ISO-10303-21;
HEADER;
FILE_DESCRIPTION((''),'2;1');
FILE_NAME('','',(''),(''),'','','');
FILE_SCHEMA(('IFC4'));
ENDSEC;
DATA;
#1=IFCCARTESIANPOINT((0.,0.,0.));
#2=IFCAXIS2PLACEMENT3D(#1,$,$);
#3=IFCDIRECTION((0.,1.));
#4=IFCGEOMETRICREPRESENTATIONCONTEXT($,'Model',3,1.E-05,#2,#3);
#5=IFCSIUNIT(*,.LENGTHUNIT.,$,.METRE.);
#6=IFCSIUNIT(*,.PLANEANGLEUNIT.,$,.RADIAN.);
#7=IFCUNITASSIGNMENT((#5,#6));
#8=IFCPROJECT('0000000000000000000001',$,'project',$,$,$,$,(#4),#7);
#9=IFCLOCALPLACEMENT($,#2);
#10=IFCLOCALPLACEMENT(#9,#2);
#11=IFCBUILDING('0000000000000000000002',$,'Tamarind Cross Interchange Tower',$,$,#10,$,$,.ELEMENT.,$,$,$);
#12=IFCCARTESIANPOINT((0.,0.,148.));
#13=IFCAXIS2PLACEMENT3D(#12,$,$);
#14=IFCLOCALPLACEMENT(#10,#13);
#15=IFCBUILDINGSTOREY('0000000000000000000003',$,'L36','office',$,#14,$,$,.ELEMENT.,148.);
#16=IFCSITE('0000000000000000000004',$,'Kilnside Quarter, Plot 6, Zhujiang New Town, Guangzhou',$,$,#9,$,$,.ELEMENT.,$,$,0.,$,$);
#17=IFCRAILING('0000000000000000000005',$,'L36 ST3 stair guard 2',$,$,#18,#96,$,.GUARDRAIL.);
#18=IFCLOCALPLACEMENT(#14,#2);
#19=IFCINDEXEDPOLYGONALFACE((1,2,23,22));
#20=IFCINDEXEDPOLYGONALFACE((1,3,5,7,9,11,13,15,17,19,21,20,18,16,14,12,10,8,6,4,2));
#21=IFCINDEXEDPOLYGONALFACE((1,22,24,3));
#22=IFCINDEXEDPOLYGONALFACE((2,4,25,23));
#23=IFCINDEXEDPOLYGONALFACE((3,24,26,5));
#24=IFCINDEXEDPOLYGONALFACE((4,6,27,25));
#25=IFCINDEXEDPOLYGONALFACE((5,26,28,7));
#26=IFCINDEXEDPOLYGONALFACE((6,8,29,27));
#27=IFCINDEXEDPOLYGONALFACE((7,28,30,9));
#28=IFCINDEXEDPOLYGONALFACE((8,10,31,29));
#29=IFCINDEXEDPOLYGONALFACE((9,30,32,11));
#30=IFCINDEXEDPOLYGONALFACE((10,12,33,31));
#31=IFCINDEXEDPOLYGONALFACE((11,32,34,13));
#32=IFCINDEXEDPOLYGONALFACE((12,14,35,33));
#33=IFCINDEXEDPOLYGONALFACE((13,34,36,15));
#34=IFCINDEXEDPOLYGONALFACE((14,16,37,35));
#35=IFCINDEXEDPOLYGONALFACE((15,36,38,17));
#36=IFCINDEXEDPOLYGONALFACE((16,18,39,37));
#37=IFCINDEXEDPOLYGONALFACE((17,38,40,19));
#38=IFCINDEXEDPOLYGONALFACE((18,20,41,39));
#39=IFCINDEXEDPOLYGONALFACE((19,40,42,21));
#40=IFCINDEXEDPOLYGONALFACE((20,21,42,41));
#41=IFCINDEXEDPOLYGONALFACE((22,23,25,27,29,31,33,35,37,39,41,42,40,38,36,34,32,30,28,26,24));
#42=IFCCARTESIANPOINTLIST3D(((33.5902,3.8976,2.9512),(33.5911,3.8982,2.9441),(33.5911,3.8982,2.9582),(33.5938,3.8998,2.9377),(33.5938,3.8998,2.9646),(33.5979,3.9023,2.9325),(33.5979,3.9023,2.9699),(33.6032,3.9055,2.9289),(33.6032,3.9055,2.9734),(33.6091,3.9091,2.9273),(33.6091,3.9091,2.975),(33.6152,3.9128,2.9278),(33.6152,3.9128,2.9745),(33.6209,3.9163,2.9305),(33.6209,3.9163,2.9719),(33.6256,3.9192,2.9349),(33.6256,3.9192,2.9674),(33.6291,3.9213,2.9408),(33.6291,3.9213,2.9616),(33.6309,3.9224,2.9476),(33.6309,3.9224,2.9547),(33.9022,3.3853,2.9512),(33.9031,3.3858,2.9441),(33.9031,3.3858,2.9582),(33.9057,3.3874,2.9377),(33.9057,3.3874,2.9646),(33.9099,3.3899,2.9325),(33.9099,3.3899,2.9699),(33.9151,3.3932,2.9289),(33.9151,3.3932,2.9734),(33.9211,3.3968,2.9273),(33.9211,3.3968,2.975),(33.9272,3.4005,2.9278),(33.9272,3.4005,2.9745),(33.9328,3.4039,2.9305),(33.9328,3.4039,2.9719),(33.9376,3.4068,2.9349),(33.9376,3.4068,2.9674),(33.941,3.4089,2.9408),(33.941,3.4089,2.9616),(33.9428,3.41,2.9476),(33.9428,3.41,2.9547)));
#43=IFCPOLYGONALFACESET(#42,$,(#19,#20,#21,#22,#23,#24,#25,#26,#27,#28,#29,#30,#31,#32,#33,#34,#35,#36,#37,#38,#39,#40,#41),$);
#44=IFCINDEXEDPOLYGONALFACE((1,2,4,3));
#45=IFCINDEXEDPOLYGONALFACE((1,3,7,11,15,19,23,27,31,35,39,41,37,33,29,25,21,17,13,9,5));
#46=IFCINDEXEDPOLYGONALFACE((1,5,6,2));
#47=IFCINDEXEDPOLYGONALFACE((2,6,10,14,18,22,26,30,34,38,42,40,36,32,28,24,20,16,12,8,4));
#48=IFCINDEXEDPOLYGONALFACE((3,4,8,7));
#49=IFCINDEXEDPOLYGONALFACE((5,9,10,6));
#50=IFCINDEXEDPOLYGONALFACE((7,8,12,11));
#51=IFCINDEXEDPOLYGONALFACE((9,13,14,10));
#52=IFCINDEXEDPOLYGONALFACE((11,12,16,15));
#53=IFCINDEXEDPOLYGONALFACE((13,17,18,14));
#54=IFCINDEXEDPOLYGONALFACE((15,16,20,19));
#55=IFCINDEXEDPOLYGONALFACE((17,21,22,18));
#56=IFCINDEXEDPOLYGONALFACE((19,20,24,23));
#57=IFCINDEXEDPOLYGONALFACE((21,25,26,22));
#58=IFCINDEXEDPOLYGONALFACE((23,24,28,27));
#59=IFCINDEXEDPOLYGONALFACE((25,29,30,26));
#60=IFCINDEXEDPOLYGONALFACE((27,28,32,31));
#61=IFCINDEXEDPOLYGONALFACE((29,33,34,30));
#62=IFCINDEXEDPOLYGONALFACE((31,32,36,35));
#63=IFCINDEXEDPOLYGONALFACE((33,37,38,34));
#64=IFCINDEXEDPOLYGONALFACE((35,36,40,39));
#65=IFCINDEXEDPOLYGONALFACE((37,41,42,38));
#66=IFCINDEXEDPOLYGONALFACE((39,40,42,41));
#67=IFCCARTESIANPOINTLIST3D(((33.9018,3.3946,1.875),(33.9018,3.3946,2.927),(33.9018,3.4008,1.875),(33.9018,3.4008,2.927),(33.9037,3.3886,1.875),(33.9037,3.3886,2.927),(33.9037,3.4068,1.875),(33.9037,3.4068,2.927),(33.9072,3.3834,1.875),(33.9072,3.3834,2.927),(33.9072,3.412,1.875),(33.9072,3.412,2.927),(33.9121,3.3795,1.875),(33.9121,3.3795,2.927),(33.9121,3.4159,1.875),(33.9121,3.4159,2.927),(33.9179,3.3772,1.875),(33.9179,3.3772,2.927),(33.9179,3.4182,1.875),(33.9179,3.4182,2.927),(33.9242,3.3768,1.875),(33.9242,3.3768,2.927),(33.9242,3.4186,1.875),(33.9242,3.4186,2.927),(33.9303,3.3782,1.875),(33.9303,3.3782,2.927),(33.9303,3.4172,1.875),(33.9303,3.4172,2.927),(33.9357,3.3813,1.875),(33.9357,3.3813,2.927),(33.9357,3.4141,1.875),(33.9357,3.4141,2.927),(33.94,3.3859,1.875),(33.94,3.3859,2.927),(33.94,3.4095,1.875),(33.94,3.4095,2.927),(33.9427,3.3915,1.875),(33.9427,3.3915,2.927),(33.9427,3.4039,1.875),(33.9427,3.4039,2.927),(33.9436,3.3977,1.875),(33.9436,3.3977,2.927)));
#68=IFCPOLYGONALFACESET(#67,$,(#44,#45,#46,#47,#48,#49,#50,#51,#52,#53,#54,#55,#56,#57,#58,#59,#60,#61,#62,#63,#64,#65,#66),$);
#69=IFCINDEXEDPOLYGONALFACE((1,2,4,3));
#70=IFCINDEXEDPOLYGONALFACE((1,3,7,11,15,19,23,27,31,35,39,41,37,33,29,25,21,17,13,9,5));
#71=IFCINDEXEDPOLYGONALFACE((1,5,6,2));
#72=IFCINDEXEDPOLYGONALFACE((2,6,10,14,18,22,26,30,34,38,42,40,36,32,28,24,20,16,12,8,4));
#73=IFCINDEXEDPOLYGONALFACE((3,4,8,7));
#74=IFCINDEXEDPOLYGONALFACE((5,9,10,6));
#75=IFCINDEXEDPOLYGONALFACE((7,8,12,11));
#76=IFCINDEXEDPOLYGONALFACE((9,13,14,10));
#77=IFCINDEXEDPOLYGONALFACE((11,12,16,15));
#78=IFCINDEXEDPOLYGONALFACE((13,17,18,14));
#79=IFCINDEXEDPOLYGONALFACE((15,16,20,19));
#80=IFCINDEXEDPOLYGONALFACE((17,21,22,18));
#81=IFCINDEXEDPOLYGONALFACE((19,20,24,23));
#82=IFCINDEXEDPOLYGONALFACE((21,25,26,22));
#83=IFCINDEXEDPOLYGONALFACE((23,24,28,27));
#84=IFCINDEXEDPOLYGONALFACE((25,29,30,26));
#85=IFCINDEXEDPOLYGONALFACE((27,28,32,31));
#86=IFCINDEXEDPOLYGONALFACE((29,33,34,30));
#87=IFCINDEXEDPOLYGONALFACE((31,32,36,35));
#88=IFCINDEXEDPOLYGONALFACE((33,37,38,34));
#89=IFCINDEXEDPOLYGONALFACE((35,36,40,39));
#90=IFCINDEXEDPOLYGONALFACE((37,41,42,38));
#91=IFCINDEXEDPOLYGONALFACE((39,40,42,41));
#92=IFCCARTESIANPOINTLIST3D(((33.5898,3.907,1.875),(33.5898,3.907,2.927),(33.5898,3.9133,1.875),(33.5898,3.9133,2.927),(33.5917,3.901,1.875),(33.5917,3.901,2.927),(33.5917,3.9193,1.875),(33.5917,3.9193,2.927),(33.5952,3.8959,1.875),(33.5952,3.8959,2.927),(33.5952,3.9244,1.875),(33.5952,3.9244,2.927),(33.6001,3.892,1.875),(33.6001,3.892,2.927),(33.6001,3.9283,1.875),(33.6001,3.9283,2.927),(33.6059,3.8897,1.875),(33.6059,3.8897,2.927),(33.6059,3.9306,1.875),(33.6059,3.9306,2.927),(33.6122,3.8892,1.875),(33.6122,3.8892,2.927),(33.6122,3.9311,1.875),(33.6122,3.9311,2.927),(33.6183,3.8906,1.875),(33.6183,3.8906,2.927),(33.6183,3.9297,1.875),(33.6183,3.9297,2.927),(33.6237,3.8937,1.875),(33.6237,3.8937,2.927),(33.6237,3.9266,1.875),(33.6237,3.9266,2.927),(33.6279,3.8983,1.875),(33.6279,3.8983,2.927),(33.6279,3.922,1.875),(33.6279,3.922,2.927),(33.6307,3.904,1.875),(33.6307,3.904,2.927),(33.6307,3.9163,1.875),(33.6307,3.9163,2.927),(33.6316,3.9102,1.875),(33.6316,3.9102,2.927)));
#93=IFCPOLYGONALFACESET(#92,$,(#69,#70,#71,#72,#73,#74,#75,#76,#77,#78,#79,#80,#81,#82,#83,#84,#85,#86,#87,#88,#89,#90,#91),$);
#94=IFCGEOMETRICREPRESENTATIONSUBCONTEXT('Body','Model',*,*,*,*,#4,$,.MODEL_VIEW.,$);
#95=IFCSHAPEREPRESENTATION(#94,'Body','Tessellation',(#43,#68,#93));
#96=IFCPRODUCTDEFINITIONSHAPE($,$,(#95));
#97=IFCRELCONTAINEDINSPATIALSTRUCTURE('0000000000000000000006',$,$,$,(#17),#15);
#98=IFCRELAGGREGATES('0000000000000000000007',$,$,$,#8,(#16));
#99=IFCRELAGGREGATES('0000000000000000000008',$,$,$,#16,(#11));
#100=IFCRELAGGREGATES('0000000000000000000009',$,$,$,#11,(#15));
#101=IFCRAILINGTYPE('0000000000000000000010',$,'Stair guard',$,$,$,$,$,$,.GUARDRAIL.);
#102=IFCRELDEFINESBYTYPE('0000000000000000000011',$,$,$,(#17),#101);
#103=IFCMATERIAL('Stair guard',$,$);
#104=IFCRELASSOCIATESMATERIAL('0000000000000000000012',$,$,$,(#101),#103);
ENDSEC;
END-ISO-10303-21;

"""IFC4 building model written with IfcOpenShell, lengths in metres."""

from ifc_helpers import new_model, si_unit, direction, frame, origin, origin_2d, place, context, subcontext, project, spatial, circle, extrude, material, type_object, element, save


model = new_model("IFC4")

# Units and contexts
model_context = context("Model", 3, precision=1e-05, world=origin(), true_north=direction((0.0, 1.0)))
body_context = subcontext(model_context, "Body", "Model", "MODEL_VIEW")
ifc_project = project(units=[si_unit("LENGTHUNIT", "METRE"), si_unit("PLANEANGLEUNIT", "RADIAN")], contexts=[model_context])

# Site, building, storey
site_placement = place(None, origin())
site = spatial("IfcSite", under=ifc_project, at=site_placement, Name="Kilnside Quarter, Plot 6, Zhujiang New Town, Guangzhou", CompositionType="ELEMENT", RefElevation=0.0)
building_placement = place(site_placement, origin())
building = spatial("IfcBuilding", under=site, at=building_placement, Name="Tamarind Cross Interchange Tower", CompositionType="ELEMENT")
storey_placement = place(building_placement, frame((0.0, 0.0, 148.0)))
storey = spatial("IfcBuildingStorey", under=building, at=storey_placement, Name="L36", Description="office", CompositionType="ELEMENT", Elevation=148.0)

# Railing
ifc_material_1 = material(Name="Stair guard")
railing_type_1 = type_object("IfcRailingType", Name="Stair guard", PredefinedType="GUARDRAIL", material=ifc_material_1)
railing_1_placement = place(storey_placement, frame((33.9226, 3.3977, 1.875)))
element("IfcRailing", 1, at=railing_1_placement, inside=storey, type_object=railing_type_1, Name="L36 ST3 stair guard 2", PredefinedType="GUARDRAIL", context=body_context, shape_type="SweptSolid", body=[
    extrude(circle(Radius=0.0239, at=origin_2d()), frame((0.0, 0.0, 1.0762), z_axis=(-0.52005, 0.854136, 0.0), x_axis=(-0.854136, -0.52005, 0.0)), (0.0, 0.0, 1.0), 0.5999),
    extrude(circle(Radius=0.021, at=origin_2d()), origin(), (0.0, 0.0, 1.0), 1.052),
    extrude(circle(Radius=0.021, at=origin_2d()), frame((-0.312, 0.5125, 0.0)), (0.0, 0.0, 1.0), 1.052),
])

save(model, "model.ifc")
